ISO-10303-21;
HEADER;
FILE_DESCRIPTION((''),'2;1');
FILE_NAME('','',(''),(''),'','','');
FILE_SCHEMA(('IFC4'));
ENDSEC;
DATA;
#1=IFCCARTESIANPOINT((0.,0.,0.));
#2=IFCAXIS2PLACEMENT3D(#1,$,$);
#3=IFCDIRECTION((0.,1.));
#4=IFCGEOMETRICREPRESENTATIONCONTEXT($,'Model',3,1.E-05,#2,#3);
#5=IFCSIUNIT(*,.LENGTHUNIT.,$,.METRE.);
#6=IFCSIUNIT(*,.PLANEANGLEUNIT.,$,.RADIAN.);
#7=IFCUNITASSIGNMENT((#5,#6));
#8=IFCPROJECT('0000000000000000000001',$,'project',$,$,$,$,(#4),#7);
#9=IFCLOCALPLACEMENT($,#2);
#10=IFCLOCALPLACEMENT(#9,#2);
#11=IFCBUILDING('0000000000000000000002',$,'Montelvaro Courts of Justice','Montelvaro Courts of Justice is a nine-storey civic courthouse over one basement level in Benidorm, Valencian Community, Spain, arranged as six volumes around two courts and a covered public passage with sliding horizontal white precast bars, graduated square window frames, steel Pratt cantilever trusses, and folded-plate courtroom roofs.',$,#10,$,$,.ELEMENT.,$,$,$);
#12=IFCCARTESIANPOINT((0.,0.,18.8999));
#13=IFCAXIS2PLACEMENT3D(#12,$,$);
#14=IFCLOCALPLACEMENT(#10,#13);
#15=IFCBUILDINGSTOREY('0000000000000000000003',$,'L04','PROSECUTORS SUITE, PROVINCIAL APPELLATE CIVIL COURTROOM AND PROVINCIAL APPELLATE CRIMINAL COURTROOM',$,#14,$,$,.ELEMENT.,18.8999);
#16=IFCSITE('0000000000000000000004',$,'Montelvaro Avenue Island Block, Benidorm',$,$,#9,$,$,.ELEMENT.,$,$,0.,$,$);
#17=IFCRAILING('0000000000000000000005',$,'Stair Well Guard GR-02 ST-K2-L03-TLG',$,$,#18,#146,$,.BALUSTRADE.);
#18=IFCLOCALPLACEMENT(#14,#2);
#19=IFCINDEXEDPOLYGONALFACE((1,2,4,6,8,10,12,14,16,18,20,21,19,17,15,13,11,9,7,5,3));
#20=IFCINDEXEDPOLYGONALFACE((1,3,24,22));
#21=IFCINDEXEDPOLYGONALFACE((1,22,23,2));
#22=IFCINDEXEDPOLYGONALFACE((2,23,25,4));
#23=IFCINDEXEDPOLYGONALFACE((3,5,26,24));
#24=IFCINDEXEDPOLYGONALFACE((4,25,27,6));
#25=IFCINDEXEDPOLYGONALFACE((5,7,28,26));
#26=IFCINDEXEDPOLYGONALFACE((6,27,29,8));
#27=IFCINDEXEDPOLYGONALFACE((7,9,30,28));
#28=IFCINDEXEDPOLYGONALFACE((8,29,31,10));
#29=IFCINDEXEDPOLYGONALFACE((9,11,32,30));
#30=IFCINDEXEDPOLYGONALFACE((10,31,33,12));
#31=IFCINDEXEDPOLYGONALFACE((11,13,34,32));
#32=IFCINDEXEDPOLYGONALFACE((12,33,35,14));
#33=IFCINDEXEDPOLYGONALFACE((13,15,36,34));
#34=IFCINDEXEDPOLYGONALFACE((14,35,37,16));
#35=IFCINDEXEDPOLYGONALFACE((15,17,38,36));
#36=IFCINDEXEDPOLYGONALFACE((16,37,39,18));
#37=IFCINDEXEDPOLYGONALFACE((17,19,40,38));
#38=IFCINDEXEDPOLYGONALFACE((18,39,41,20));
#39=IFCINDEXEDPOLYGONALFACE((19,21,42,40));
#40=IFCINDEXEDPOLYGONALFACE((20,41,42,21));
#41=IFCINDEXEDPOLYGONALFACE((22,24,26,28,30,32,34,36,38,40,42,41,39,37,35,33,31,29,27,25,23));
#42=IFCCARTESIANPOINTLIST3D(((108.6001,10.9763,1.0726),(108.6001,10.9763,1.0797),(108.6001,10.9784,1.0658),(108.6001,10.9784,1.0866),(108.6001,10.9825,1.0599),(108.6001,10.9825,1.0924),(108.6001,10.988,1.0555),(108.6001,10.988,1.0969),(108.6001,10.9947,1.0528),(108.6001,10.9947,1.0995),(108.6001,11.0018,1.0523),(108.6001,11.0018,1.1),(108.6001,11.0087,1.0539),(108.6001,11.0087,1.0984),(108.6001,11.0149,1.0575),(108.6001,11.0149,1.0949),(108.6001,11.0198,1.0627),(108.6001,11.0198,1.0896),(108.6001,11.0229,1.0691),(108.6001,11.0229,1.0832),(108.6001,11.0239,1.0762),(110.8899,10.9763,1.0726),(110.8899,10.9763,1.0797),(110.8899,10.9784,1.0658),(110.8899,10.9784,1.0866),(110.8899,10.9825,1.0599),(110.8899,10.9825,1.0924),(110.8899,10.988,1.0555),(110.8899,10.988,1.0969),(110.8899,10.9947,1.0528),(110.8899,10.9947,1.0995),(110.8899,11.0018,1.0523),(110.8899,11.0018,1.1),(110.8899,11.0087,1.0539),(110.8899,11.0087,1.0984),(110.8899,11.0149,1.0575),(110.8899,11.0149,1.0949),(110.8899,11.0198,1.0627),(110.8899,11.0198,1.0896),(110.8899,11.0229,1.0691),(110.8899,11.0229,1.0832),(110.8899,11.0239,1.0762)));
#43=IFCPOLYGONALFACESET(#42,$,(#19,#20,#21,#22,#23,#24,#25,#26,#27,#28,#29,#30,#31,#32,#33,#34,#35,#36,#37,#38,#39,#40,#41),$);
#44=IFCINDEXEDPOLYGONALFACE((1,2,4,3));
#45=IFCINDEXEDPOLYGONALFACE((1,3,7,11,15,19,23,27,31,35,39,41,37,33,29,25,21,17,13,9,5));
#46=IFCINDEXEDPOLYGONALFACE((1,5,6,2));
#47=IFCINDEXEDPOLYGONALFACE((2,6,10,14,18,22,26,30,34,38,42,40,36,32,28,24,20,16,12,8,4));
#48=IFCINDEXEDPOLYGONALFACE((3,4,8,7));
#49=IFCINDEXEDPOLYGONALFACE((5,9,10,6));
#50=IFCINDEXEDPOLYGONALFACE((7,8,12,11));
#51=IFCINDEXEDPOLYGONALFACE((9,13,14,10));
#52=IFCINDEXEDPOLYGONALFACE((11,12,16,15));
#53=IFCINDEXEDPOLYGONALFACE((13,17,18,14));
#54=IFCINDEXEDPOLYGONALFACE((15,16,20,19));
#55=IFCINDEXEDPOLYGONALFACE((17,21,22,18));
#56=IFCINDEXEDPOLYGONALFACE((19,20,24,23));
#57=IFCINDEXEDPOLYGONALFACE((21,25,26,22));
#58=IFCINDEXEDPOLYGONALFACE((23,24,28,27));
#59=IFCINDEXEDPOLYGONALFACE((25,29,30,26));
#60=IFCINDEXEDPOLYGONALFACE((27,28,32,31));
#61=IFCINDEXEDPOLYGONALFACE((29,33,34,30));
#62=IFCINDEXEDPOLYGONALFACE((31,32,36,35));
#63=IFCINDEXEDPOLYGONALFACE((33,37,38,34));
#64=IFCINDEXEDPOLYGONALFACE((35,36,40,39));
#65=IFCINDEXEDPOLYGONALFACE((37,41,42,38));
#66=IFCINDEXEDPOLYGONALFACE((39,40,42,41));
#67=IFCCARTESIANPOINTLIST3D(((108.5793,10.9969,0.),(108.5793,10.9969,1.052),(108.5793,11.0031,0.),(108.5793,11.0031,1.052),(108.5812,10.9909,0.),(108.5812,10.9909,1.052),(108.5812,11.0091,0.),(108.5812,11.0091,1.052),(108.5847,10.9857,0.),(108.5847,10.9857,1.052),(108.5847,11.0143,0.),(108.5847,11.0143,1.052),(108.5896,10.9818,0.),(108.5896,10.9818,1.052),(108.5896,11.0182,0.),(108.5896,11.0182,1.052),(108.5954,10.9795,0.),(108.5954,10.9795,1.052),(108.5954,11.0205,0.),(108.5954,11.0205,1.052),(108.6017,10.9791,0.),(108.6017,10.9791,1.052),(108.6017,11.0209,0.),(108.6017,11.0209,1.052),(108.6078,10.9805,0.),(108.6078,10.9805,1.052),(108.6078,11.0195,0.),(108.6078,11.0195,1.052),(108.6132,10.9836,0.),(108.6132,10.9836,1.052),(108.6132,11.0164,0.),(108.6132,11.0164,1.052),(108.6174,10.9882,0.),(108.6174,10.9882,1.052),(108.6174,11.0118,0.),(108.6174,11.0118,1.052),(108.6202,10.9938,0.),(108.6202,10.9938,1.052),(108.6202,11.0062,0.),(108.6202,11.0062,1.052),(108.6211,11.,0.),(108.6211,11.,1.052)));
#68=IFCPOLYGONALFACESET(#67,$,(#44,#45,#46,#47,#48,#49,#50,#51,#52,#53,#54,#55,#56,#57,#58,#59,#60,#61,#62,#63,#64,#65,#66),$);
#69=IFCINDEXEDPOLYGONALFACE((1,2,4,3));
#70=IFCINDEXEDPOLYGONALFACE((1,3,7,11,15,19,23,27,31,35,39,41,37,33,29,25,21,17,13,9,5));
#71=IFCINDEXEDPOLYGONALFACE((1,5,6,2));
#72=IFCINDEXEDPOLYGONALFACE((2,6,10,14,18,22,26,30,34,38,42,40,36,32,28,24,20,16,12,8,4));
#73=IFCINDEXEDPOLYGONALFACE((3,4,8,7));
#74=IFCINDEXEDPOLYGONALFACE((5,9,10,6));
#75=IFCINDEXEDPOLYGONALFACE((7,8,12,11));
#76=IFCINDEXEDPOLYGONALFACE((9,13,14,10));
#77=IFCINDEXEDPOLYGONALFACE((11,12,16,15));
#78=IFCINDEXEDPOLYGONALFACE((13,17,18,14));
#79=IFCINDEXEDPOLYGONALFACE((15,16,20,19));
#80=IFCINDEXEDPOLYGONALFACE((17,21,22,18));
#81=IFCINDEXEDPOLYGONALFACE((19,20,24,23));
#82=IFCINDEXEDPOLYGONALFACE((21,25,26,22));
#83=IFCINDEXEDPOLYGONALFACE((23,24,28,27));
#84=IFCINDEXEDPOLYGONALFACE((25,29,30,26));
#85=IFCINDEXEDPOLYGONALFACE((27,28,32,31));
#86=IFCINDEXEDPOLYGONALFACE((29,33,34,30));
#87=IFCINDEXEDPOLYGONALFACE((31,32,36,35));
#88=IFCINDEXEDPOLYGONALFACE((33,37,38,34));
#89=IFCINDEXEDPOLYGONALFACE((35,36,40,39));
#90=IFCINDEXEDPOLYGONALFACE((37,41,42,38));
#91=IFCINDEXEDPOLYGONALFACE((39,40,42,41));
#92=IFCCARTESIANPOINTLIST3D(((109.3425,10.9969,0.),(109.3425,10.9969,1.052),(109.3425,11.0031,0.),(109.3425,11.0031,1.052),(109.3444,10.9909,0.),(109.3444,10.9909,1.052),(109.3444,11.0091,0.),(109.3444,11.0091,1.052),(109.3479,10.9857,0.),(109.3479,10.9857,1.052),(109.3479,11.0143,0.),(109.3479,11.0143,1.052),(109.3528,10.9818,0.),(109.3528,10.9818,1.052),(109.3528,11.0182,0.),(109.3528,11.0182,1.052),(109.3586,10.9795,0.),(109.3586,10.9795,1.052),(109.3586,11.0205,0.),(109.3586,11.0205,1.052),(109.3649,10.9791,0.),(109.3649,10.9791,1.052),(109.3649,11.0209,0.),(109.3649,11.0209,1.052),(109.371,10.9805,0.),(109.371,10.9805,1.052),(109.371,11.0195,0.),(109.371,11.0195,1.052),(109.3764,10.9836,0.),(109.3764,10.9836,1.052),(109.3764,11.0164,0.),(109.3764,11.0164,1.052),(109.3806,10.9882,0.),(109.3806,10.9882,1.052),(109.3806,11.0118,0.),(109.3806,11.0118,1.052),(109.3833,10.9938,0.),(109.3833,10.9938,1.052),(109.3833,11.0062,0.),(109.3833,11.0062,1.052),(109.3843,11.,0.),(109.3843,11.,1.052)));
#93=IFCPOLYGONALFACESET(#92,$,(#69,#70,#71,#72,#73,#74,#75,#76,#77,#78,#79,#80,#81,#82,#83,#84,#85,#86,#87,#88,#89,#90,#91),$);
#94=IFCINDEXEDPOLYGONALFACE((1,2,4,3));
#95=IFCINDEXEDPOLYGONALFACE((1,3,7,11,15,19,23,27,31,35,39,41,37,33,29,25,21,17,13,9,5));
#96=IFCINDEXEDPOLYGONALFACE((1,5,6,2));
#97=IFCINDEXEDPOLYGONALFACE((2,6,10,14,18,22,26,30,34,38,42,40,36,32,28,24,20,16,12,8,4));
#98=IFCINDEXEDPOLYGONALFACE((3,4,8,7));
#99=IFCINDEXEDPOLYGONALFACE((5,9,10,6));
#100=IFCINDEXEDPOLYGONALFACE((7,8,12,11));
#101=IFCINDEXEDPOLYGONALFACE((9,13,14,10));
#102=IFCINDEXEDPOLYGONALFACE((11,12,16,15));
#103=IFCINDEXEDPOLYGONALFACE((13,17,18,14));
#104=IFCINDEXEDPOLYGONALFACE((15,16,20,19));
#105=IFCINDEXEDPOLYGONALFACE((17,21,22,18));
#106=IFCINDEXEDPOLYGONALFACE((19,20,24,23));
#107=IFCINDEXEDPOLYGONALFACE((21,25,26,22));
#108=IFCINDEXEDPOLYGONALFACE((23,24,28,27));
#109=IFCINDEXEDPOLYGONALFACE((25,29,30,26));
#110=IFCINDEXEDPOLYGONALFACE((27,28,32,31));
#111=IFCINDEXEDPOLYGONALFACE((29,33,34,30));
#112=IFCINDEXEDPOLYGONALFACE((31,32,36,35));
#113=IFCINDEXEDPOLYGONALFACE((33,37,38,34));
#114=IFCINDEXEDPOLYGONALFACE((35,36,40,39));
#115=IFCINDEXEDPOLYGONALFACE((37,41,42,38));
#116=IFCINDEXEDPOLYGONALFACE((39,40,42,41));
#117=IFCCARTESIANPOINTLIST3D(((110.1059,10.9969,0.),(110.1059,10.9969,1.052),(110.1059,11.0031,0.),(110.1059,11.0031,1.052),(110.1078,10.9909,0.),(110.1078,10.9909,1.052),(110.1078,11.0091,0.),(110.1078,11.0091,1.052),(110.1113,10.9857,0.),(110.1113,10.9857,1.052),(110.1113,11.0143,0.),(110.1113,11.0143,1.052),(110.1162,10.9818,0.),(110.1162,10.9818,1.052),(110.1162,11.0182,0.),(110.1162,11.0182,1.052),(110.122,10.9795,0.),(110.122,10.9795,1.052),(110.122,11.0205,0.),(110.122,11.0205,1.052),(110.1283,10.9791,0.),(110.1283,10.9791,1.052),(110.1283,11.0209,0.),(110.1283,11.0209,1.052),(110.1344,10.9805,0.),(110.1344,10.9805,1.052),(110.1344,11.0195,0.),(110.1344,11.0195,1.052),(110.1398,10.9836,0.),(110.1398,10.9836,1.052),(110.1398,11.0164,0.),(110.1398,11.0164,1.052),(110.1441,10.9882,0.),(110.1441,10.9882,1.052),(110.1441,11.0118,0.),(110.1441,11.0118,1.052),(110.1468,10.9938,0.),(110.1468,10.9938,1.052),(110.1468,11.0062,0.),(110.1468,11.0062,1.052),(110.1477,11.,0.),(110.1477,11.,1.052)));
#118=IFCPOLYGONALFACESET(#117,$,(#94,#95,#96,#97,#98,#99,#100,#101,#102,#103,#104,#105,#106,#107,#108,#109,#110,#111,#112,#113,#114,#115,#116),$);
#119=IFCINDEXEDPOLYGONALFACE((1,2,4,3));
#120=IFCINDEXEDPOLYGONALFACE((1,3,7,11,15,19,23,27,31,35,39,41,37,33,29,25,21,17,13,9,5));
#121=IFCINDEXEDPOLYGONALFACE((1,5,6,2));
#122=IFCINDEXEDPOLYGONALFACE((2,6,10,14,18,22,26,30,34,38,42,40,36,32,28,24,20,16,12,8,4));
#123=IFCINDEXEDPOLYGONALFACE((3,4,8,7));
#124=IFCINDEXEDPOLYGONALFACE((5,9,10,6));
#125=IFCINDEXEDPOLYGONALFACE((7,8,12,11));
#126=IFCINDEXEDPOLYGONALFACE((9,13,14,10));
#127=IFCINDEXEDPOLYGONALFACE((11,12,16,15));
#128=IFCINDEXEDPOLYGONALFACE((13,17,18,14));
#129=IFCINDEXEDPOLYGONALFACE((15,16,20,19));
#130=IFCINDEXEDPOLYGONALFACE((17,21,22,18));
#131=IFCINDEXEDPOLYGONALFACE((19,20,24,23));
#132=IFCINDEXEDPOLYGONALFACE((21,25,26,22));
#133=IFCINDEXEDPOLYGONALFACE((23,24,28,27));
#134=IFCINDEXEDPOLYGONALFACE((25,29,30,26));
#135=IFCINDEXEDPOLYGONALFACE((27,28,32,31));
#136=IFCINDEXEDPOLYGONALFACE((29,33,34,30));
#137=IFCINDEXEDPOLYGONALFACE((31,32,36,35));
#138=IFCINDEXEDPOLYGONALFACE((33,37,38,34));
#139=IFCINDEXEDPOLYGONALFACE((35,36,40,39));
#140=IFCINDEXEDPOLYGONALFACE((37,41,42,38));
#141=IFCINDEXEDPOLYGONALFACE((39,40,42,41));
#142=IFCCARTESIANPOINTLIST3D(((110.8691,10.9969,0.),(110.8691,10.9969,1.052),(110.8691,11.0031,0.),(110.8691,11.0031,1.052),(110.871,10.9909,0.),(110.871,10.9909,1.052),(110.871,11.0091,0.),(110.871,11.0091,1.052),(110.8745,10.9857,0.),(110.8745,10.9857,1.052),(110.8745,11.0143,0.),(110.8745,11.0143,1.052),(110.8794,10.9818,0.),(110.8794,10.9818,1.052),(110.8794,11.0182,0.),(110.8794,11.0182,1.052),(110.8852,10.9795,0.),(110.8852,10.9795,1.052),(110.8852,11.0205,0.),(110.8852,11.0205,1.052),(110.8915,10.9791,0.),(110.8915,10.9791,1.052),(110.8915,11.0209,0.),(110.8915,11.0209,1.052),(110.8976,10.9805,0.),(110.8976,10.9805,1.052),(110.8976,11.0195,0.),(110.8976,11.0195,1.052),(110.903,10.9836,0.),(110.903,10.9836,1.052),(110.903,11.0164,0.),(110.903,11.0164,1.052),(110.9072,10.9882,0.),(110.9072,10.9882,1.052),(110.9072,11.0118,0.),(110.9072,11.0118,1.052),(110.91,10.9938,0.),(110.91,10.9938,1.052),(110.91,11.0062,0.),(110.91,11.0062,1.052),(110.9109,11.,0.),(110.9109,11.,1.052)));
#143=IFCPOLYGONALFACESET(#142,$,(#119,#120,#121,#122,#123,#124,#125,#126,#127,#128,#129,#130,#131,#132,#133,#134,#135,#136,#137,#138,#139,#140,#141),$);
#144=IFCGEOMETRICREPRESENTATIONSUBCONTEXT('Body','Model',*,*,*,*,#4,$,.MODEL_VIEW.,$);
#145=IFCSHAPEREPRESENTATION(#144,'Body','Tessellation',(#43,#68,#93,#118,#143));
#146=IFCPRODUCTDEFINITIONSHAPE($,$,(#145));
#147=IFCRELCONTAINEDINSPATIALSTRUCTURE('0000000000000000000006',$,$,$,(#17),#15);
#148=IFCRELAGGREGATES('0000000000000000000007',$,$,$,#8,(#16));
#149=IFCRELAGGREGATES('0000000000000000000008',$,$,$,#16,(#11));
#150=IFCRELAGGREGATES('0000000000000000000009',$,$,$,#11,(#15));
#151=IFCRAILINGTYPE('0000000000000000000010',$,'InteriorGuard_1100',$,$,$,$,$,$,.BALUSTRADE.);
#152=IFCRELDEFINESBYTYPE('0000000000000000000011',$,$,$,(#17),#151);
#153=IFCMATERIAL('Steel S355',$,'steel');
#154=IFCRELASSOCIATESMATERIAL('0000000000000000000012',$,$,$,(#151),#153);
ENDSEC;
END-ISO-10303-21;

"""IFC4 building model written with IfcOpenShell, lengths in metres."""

from ifc_helpers import new_model, si_unit, direction, frame, origin, origin_2d, place, context, subcontext, project, spatial, circle, extrude, material, type_object, element, save


model = new_model("IFC4")

# Units and contexts
model_context = context("Model", 3, precision=1e-05, world=origin(), true_north=direction((0.0, 1.0)))
body_context = subcontext(model_context, "Body", "Model", "MODEL_VIEW")
ifc_project = project(units=[si_unit("LENGTHUNIT", "METRE"), si_unit("PLANEANGLEUNIT", "RADIAN")], contexts=[model_context])

# Site, building, storey
site_placement = place(None, origin())
site = spatial("IfcSite", under=ifc_project, at=site_placement, Name="Montelvaro Avenue Island Block, Benidorm", CompositionType="ELEMENT", RefElevation=0.0)
building_placement = place(site_placement, origin())
building = spatial("IfcBuilding", under=site, at=building_placement, Name="Montelvaro Courts of Justice", Description="Montelvaro Courts of Justice is a nine-storey civic courthouse over one basement level in Benidorm, Valencian Community, Spain, arranged as six volumes around two courts and a covered public passage with sliding horizontal white precast bars, graduated square window frames, steel Pratt cantilever trusses, and folded-plate courtroom roofs.", CompositionType="ELEMENT")
storey_placement = place(building_placement, frame((0.0, 0.0, 18.8999)))
storey = spatial("IfcBuildingStorey", under=building, at=storey_placement, Name="L04", Description="PROSECUTORS SUITE, PROVINCIAL APPELLATE CIVIL COURTROOM AND PROVINCIAL APPELLATE CRIMINAL COURTROOM", CompositionType="ELEMENT", Elevation=18.8999)

# Shared definitions
ifc_material_1 = material(Name="Steel S355", Category="steel")

# Railing
railing_type_1 = type_object("IfcRailingType", Name="InteriorGuard_1100", PredefinedType="BALUSTRADE", material=ifc_material_1)
railing_1_placement = place(storey_placement, frame((108.6001, 11.0, 0.0)))
element("IfcRailing", 1, at=railing_1_placement, inside=storey, type_object=railing_type_1, Name="Stair Well Guard GR-02 ST-K2-L03-TLG", PredefinedType="BALUSTRADE", context=body_context, shape_type="SweptSolid", body=[
    extrude(circle(Radius=0.0239, at=origin_2d()), frame((0.0, 0.0, 1.0762), z_axis=(1.0, 0.0, 0.0), x_axis=(0.0, 1.0, 0.0)), (0.0, 0.0, 1.0), 2.2898),
    extrude(circle(Radius=0.021, at=origin_2d()), origin(), (0.0, 0.0, 1.0), 1.052),
    extrude(circle(Radius=0.021, at=origin_2d()), frame((0.7632, 0.0, 0.0)), (0.0, 0.0, 1.0), 1.052),
    extrude(circle(Radius=0.021, at=origin_2d()), frame((1.5266, 0.0, 0.0)), (0.0, 0.0, 1.0), 1.052),
    extrude(circle(Radius=0.021, at=origin_2d()), frame((2.2898, 0.0, 0.0)), (0.0, 0.0, 1.0), 1.052),
])

save(model, "model.ifc")
